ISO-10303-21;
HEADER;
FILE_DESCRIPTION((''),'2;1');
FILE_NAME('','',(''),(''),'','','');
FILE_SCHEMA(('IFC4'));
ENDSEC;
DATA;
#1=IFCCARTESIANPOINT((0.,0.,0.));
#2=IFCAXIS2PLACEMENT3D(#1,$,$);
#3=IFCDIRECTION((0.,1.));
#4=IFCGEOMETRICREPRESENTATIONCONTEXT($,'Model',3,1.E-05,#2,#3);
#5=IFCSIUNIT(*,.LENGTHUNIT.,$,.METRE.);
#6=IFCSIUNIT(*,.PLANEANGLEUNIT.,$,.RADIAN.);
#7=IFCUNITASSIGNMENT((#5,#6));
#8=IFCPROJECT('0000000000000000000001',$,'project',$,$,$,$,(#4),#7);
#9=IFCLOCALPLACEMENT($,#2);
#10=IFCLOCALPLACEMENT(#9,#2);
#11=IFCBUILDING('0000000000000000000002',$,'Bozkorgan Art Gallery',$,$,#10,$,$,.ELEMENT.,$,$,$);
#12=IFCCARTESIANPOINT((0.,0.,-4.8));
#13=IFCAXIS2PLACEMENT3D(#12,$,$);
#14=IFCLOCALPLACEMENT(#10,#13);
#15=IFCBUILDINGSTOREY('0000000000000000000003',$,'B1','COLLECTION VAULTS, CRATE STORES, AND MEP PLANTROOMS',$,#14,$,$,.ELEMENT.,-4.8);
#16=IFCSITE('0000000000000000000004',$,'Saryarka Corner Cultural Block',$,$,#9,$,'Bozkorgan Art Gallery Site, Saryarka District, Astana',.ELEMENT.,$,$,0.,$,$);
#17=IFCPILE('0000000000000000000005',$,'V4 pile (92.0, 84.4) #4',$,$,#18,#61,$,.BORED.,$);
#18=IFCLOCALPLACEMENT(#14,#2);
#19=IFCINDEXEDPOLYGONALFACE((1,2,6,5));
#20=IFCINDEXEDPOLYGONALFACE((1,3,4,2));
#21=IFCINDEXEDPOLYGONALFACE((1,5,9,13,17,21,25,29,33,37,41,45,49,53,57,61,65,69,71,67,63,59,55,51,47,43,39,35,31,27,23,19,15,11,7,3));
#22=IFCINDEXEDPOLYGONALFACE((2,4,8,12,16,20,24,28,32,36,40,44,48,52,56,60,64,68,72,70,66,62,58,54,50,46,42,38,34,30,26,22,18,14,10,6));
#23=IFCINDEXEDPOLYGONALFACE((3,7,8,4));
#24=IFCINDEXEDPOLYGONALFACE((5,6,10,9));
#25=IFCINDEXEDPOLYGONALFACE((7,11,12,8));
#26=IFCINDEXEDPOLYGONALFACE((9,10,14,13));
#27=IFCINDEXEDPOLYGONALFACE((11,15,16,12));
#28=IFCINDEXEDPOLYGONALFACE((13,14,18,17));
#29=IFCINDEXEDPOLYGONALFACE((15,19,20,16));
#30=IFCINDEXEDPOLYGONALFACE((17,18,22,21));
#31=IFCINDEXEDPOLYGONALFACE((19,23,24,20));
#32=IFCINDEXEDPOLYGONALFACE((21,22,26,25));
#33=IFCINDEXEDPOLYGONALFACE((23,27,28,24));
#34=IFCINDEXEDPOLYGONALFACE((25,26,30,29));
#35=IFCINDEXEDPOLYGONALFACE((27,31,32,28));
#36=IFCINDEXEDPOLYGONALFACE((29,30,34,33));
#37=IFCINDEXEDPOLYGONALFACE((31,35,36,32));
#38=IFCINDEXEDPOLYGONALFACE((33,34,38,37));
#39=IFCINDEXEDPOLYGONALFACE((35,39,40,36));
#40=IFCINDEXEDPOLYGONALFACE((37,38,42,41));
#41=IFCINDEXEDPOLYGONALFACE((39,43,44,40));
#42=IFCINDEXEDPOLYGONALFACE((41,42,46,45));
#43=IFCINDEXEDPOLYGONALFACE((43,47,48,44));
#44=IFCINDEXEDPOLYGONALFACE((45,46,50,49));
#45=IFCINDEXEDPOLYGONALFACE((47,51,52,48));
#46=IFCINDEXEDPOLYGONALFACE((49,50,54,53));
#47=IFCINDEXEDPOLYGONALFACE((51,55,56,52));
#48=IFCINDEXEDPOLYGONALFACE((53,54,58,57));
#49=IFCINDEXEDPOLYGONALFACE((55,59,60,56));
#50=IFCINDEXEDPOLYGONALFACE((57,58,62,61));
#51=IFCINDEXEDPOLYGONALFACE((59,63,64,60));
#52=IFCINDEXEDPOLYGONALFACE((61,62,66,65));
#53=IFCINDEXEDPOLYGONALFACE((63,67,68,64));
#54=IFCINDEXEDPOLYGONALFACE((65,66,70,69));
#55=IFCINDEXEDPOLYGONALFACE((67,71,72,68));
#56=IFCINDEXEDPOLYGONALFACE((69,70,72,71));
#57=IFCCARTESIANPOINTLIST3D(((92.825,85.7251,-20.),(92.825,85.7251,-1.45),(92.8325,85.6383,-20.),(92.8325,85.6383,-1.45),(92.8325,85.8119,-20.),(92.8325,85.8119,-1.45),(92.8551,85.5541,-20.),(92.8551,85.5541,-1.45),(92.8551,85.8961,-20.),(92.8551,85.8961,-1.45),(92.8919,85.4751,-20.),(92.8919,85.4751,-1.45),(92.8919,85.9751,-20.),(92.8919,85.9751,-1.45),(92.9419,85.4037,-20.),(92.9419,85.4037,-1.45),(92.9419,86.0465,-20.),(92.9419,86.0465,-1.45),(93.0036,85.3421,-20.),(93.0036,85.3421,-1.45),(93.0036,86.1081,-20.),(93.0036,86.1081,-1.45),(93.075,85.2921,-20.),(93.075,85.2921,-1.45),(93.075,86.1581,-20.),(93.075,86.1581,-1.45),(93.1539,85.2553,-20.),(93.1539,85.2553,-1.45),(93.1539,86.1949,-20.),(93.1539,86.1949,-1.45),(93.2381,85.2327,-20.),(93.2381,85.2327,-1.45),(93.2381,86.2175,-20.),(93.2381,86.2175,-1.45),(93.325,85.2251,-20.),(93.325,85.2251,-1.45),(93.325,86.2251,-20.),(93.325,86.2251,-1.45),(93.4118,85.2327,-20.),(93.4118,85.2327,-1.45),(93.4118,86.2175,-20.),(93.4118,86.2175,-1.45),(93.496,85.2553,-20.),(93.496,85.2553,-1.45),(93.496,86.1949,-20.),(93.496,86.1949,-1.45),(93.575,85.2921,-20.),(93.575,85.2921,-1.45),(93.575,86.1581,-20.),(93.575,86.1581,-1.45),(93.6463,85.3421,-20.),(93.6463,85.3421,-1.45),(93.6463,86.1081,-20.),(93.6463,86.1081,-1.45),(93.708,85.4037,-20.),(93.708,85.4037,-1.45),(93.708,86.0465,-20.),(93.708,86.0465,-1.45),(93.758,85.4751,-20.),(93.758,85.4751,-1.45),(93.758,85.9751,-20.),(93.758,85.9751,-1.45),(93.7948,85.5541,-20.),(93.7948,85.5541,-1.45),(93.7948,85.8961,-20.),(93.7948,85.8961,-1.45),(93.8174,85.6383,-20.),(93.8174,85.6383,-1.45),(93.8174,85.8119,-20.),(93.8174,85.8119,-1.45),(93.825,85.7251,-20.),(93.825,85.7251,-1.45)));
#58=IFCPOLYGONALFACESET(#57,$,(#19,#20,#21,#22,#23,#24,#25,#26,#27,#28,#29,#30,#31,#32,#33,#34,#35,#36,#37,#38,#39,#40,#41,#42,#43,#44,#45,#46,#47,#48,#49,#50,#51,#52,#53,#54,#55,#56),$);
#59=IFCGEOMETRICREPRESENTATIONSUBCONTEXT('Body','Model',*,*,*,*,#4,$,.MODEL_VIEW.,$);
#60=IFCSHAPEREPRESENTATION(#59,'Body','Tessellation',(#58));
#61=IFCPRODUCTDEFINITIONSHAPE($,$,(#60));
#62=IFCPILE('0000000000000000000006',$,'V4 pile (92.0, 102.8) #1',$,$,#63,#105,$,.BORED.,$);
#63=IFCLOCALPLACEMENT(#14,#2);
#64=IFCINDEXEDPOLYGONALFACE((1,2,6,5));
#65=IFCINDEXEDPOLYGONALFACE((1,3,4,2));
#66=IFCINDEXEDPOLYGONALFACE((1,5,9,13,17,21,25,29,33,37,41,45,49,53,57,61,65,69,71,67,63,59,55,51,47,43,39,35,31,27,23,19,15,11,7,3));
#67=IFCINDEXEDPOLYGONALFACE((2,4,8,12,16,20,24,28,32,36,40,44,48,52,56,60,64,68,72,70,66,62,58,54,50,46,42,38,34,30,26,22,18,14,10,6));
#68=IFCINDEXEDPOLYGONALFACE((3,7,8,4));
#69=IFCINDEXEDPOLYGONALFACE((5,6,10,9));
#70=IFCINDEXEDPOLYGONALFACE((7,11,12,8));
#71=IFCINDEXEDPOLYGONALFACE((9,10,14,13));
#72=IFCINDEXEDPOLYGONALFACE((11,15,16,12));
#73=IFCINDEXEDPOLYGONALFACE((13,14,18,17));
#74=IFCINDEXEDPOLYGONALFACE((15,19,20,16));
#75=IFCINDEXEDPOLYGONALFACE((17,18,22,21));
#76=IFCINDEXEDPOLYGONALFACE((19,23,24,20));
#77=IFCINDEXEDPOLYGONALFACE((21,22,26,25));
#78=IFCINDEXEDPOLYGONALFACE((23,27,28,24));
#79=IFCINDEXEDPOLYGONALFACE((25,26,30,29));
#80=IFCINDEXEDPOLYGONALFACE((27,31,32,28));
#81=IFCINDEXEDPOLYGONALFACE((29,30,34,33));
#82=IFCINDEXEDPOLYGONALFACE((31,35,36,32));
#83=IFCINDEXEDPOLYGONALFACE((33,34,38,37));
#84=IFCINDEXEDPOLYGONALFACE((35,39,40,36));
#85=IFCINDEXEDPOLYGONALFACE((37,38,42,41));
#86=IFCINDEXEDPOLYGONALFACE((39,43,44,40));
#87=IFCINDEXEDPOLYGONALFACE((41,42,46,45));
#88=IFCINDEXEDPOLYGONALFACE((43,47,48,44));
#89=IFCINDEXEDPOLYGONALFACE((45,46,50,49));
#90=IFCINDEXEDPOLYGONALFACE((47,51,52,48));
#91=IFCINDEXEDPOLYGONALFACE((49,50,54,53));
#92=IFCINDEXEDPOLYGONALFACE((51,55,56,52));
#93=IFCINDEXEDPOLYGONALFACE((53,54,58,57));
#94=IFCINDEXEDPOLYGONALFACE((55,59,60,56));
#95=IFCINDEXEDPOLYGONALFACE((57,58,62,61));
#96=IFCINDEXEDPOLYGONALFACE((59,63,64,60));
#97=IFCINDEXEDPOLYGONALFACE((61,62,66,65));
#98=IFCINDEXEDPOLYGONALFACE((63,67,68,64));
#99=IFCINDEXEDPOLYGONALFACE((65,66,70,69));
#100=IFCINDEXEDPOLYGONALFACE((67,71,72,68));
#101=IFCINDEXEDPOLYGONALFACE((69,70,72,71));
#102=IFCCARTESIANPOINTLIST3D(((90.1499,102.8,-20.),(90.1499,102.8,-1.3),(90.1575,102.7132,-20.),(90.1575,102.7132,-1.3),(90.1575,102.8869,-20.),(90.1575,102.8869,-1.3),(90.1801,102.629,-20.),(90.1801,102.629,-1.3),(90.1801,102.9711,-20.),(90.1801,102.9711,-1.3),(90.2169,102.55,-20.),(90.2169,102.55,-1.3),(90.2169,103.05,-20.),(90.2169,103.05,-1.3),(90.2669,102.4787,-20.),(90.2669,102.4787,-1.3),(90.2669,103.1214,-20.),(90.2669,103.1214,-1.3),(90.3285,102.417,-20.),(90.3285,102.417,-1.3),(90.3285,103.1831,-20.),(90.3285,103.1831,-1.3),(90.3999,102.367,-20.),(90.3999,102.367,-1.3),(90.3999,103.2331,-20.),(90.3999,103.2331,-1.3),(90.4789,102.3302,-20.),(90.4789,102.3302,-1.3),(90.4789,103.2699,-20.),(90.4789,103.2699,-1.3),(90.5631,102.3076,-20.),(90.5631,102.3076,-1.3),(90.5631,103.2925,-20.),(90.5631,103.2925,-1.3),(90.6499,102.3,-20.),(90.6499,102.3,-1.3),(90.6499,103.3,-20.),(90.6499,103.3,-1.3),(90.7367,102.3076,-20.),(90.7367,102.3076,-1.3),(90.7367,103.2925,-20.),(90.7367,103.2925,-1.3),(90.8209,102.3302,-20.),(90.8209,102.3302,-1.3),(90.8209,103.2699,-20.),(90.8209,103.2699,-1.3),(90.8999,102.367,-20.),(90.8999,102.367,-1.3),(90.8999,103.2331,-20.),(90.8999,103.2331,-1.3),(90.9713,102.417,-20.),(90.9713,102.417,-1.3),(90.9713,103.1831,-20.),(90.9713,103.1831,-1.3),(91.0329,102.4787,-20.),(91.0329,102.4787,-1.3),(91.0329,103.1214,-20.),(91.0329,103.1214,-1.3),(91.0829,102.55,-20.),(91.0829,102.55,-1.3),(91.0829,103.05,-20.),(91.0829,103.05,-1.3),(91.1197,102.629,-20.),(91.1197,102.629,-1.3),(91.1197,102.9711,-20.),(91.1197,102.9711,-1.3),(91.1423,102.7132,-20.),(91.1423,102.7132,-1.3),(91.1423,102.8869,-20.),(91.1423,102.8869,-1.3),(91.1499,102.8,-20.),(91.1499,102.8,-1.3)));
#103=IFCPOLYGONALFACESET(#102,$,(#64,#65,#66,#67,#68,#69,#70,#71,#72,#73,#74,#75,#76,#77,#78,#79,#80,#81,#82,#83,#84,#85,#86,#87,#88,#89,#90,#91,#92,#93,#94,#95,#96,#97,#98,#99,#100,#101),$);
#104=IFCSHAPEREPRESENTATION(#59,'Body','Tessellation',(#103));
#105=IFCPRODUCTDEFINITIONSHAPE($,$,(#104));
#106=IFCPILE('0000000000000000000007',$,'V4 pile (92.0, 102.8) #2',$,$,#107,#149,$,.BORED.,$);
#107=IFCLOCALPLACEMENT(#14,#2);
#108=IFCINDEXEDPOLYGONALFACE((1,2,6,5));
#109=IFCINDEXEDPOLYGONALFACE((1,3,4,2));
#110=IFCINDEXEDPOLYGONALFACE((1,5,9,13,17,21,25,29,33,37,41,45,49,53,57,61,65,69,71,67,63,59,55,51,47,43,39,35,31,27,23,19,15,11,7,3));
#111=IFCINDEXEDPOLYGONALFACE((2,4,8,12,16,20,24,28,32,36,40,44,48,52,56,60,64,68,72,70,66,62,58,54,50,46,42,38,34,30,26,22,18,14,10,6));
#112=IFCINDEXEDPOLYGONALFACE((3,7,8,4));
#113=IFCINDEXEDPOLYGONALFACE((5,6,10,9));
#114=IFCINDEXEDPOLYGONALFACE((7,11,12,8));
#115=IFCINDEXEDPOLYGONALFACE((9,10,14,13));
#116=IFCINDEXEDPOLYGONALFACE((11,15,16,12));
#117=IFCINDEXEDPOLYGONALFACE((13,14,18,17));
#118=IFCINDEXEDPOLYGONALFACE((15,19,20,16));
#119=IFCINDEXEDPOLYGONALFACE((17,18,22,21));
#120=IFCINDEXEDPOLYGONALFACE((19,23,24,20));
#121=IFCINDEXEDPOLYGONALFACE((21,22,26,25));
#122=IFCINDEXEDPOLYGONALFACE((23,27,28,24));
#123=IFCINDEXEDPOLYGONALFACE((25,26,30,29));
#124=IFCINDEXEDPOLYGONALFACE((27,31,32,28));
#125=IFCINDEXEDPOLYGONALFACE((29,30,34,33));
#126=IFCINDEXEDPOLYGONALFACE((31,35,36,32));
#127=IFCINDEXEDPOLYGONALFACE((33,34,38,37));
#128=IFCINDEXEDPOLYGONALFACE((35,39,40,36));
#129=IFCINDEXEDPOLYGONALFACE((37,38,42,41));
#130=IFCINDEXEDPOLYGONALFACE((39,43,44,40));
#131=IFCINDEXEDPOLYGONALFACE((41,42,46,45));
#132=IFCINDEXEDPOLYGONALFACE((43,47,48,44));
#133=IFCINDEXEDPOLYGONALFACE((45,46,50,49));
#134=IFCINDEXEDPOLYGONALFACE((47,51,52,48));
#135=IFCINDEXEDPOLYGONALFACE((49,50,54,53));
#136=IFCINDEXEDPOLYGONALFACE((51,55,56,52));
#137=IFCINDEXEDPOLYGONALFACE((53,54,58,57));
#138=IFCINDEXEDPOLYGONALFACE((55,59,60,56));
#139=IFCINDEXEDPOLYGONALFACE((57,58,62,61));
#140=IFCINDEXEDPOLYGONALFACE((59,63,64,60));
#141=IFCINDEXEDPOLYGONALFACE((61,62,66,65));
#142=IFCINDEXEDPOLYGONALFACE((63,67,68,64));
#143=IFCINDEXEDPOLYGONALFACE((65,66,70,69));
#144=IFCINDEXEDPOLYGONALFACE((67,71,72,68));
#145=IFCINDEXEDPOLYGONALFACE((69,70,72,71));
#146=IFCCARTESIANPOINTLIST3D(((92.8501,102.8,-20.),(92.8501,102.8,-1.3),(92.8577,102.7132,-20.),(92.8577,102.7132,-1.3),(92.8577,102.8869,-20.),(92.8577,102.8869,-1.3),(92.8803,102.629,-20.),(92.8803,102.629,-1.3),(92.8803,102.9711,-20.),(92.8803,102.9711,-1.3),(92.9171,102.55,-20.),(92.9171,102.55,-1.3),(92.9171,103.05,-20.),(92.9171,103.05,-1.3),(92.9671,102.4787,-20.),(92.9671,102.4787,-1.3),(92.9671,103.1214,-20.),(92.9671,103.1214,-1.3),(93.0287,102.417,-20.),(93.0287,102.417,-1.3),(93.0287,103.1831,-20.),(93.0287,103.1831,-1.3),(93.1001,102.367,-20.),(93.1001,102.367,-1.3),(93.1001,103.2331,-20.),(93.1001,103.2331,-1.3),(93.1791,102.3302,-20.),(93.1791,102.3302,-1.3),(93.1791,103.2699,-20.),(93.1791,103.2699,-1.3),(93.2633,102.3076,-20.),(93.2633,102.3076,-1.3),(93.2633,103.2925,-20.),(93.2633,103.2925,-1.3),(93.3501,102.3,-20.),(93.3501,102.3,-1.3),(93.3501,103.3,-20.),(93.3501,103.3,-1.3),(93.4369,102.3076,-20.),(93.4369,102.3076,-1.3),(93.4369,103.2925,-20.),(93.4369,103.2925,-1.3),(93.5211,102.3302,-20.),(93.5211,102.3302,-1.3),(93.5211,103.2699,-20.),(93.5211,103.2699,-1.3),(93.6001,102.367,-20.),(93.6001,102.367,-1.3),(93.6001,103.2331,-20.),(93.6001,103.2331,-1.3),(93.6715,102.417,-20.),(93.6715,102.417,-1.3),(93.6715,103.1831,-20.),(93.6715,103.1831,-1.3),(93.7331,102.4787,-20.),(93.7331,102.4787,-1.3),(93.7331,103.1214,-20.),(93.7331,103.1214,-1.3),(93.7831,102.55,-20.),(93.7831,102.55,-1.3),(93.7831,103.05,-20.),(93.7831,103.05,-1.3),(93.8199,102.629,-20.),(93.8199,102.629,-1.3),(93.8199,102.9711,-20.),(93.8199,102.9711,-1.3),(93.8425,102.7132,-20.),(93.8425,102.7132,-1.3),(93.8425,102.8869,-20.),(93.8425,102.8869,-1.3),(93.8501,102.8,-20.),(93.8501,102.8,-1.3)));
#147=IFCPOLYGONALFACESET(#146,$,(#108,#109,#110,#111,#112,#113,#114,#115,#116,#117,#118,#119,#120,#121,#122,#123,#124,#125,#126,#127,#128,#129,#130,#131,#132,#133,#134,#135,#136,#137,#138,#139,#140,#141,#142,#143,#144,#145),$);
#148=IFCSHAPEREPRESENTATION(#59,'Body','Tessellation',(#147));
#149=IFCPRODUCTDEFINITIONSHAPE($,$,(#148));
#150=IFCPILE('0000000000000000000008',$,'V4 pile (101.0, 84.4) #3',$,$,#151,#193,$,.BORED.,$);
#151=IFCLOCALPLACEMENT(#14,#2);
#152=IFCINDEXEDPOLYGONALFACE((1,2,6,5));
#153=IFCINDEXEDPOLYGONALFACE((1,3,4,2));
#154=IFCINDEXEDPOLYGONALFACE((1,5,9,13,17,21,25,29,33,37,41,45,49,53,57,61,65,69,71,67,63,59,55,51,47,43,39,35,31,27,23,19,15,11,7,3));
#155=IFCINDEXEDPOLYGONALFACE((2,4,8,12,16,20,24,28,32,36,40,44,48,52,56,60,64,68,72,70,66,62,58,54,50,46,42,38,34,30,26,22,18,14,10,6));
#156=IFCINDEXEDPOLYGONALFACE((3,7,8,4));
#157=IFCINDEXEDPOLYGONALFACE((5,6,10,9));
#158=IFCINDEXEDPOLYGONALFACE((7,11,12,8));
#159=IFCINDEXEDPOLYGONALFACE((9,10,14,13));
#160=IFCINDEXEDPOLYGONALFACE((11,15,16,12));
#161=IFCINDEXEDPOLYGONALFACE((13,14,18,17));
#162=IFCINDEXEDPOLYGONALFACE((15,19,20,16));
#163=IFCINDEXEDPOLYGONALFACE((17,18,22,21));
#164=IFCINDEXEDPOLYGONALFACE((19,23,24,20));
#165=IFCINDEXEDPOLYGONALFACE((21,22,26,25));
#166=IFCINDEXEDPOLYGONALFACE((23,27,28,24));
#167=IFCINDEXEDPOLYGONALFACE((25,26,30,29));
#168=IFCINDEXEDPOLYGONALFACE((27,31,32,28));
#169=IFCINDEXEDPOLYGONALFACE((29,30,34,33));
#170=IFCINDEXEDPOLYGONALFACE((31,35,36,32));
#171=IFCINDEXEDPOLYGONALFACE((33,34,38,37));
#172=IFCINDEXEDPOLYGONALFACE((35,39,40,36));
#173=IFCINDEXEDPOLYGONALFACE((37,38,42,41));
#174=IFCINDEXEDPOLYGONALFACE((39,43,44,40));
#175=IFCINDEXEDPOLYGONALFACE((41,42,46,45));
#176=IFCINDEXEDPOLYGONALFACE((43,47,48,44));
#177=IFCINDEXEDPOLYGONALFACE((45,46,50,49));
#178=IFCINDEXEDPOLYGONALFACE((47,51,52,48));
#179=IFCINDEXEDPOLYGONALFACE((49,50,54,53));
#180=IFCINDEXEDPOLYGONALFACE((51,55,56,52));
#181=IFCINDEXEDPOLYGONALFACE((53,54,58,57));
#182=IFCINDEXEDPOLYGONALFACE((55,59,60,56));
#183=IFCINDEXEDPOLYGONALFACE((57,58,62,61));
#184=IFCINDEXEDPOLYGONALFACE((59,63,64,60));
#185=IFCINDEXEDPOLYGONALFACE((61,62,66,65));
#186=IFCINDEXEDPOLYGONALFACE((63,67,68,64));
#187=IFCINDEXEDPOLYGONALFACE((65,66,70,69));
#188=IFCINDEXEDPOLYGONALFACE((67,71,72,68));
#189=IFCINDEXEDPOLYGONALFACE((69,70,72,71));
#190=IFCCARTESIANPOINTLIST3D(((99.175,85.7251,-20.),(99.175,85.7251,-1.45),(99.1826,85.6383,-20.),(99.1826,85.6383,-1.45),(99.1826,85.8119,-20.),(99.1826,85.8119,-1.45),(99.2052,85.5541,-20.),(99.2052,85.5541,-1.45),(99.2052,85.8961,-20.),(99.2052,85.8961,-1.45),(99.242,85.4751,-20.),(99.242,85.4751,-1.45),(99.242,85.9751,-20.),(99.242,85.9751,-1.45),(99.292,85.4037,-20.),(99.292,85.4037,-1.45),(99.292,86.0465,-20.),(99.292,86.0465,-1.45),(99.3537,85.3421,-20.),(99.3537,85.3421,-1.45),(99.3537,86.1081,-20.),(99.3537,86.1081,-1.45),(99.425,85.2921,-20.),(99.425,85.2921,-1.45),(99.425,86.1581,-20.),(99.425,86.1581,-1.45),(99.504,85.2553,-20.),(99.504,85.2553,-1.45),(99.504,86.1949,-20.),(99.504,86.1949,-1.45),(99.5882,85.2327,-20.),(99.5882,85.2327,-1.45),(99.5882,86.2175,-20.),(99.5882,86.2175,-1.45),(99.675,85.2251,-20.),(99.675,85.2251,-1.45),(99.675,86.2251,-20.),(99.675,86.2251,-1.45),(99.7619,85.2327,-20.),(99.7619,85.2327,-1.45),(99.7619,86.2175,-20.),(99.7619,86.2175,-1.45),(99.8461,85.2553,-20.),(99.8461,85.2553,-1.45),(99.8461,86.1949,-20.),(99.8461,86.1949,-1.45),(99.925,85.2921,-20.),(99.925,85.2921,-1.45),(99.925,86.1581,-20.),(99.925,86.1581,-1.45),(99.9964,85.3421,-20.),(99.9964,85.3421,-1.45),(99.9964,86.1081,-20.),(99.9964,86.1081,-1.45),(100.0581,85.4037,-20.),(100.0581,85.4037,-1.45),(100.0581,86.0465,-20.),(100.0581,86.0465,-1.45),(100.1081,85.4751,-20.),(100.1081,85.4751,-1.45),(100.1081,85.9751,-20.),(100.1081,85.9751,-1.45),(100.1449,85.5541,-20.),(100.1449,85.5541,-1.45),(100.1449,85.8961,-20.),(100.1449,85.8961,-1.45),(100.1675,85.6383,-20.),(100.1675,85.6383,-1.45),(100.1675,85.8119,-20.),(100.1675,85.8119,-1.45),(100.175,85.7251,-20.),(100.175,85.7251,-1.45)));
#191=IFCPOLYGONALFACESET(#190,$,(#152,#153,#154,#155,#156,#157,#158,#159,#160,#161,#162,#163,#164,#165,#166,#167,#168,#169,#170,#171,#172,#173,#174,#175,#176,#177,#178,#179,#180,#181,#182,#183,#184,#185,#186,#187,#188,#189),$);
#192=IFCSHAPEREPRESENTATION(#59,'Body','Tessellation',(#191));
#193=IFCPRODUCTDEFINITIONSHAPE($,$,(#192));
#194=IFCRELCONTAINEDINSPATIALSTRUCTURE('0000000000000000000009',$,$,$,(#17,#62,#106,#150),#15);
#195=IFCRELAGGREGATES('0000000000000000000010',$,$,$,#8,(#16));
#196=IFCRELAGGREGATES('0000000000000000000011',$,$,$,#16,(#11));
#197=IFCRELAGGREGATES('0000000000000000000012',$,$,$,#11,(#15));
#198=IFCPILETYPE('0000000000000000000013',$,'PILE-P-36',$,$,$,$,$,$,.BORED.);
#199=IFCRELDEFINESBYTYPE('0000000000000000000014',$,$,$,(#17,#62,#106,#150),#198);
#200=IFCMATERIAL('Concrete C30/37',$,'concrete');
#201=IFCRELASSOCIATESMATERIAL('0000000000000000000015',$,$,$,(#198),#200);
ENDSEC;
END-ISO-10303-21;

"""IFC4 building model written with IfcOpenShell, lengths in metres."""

from ifc_helpers import new_model, si_unit, direction, frame, origin, origin_2d, place, context, subcontext, project, spatial, circle, extrude, material, material_profile, profile_set, type_object, element, save


model = new_model("IFC4")

# Units and contexts
model_context = context("Model", 3, precision=1e-05, world=origin(), true_north=direction((0.0, 1.0)))
body_context = subcontext(model_context, "Body", "Model", "MODEL_VIEW")
ifc_project = project(units=[si_unit("LENGTHUNIT", "METRE"), si_unit("PLANEANGLEUNIT", "RADIAN")], contexts=[model_context])

# Site, building, storey
site_placement = place(None, origin())
site = spatial("IfcSite", under=ifc_project, at=site_placement, Name="Saryarka Corner Cultural Block", LongName="Bozkorgan Art Gallery Site, Saryarka District, Astana", CompositionType="ELEMENT", RefElevation=0.0)
building_placement = place(site_placement, origin())
building = spatial("IfcBuilding", under=site, at=building_placement, Name="Bozkorgan Art Gallery", CompositionType="ELEMENT")
storey_placement = place(building_placement, frame((0.0, 0.0, -4.8)))
storey = spatial("IfcBuildingStorey", under=building, at=storey_placement, Name="B1", Description="COLLECTION VAULTS, CRATE STORES, AND MEP PLANTROOMS", CompositionType="ELEMENT", Elevation=-4.8)

# Shared definitions
ifc_material_1 = material(Name="Concrete C30/37", Category="concrete")

# Piles
ifc_material_profile_1 = material_profile(ifc_material_1, circle(Radius=0.5, at=origin_2d()), Name="PILE D1000")
ifc_profile_set_1 = profile_set([ifc_material_profile_1], Name="Concrete C30/37")
pile_type_1 = type_object("IfcPileType", Name="PILE-P-36", PredefinedType="BORED", material=ifc_profile_set_1)
pile_1_placement = place(storey_placement, frame((93.325, 85.7251, -1.45), z_axis=(0.0, 0.0, -1.0), x_axis=(1.0, 0.0, 0.0)))
element("IfcPile", 1, at=pile_1_placement, inside=storey, type_object=pile_type_1, Name="V4 pile (92.0, 84.4) #4", PredefinedType="BORED", context=body_context, shape_type="SweptSolid", body=[
    extrude(circle(Radius=0.5, at=origin_2d()), origin(), (0.0, 0.0, 1.0), 18.55),
])
for number, where, z_axis, x_axis, name in (
    (2, (90.6499, 102.8, -1.3), (0.0, 0.0, -1.0), (1.0, 0.0, 0.0), "V4 pile (92.0, 102.8) #1"),
    (3, (93.3501, 102.8, -1.3), (0.0, 0.0, -1.0), (1.0, 0.0, 0.0), "V4 pile (92.0, 102.8) #2"),
):
    element("IfcPile", number, at=place(storey_placement, frame(where, z_axis=z_axis, x_axis=x_axis)), inside=storey, type_object=pile_type_1, Name=name, PredefinedType="BORED", context=body_context, shape_type="SweptSolid", body=[
        extrude(circle(Radius=0.5, at=origin_2d()), origin(), (0.0, 0.0, 1.0), 18.7),
    ])
pile_2_placement = place(storey_placement, frame((99.675, 85.7251, -1.45), z_axis=(0.0, 0.0, -1.0), x_axis=(1.0, 0.0, 0.0)))
element("IfcPile", 4, at=pile_2_placement, inside=storey, type_object=pile_type_1, Name="V4 pile (101.0, 84.4) #3", PredefinedType="BORED", context=body_context, shape_type="SweptSolid", body=[
    extrude(circle(Radius=0.5, at=origin_2d()), origin(), (0.0, 0.0, 1.0), 18.55),
])

save(model, "model.ifc")
